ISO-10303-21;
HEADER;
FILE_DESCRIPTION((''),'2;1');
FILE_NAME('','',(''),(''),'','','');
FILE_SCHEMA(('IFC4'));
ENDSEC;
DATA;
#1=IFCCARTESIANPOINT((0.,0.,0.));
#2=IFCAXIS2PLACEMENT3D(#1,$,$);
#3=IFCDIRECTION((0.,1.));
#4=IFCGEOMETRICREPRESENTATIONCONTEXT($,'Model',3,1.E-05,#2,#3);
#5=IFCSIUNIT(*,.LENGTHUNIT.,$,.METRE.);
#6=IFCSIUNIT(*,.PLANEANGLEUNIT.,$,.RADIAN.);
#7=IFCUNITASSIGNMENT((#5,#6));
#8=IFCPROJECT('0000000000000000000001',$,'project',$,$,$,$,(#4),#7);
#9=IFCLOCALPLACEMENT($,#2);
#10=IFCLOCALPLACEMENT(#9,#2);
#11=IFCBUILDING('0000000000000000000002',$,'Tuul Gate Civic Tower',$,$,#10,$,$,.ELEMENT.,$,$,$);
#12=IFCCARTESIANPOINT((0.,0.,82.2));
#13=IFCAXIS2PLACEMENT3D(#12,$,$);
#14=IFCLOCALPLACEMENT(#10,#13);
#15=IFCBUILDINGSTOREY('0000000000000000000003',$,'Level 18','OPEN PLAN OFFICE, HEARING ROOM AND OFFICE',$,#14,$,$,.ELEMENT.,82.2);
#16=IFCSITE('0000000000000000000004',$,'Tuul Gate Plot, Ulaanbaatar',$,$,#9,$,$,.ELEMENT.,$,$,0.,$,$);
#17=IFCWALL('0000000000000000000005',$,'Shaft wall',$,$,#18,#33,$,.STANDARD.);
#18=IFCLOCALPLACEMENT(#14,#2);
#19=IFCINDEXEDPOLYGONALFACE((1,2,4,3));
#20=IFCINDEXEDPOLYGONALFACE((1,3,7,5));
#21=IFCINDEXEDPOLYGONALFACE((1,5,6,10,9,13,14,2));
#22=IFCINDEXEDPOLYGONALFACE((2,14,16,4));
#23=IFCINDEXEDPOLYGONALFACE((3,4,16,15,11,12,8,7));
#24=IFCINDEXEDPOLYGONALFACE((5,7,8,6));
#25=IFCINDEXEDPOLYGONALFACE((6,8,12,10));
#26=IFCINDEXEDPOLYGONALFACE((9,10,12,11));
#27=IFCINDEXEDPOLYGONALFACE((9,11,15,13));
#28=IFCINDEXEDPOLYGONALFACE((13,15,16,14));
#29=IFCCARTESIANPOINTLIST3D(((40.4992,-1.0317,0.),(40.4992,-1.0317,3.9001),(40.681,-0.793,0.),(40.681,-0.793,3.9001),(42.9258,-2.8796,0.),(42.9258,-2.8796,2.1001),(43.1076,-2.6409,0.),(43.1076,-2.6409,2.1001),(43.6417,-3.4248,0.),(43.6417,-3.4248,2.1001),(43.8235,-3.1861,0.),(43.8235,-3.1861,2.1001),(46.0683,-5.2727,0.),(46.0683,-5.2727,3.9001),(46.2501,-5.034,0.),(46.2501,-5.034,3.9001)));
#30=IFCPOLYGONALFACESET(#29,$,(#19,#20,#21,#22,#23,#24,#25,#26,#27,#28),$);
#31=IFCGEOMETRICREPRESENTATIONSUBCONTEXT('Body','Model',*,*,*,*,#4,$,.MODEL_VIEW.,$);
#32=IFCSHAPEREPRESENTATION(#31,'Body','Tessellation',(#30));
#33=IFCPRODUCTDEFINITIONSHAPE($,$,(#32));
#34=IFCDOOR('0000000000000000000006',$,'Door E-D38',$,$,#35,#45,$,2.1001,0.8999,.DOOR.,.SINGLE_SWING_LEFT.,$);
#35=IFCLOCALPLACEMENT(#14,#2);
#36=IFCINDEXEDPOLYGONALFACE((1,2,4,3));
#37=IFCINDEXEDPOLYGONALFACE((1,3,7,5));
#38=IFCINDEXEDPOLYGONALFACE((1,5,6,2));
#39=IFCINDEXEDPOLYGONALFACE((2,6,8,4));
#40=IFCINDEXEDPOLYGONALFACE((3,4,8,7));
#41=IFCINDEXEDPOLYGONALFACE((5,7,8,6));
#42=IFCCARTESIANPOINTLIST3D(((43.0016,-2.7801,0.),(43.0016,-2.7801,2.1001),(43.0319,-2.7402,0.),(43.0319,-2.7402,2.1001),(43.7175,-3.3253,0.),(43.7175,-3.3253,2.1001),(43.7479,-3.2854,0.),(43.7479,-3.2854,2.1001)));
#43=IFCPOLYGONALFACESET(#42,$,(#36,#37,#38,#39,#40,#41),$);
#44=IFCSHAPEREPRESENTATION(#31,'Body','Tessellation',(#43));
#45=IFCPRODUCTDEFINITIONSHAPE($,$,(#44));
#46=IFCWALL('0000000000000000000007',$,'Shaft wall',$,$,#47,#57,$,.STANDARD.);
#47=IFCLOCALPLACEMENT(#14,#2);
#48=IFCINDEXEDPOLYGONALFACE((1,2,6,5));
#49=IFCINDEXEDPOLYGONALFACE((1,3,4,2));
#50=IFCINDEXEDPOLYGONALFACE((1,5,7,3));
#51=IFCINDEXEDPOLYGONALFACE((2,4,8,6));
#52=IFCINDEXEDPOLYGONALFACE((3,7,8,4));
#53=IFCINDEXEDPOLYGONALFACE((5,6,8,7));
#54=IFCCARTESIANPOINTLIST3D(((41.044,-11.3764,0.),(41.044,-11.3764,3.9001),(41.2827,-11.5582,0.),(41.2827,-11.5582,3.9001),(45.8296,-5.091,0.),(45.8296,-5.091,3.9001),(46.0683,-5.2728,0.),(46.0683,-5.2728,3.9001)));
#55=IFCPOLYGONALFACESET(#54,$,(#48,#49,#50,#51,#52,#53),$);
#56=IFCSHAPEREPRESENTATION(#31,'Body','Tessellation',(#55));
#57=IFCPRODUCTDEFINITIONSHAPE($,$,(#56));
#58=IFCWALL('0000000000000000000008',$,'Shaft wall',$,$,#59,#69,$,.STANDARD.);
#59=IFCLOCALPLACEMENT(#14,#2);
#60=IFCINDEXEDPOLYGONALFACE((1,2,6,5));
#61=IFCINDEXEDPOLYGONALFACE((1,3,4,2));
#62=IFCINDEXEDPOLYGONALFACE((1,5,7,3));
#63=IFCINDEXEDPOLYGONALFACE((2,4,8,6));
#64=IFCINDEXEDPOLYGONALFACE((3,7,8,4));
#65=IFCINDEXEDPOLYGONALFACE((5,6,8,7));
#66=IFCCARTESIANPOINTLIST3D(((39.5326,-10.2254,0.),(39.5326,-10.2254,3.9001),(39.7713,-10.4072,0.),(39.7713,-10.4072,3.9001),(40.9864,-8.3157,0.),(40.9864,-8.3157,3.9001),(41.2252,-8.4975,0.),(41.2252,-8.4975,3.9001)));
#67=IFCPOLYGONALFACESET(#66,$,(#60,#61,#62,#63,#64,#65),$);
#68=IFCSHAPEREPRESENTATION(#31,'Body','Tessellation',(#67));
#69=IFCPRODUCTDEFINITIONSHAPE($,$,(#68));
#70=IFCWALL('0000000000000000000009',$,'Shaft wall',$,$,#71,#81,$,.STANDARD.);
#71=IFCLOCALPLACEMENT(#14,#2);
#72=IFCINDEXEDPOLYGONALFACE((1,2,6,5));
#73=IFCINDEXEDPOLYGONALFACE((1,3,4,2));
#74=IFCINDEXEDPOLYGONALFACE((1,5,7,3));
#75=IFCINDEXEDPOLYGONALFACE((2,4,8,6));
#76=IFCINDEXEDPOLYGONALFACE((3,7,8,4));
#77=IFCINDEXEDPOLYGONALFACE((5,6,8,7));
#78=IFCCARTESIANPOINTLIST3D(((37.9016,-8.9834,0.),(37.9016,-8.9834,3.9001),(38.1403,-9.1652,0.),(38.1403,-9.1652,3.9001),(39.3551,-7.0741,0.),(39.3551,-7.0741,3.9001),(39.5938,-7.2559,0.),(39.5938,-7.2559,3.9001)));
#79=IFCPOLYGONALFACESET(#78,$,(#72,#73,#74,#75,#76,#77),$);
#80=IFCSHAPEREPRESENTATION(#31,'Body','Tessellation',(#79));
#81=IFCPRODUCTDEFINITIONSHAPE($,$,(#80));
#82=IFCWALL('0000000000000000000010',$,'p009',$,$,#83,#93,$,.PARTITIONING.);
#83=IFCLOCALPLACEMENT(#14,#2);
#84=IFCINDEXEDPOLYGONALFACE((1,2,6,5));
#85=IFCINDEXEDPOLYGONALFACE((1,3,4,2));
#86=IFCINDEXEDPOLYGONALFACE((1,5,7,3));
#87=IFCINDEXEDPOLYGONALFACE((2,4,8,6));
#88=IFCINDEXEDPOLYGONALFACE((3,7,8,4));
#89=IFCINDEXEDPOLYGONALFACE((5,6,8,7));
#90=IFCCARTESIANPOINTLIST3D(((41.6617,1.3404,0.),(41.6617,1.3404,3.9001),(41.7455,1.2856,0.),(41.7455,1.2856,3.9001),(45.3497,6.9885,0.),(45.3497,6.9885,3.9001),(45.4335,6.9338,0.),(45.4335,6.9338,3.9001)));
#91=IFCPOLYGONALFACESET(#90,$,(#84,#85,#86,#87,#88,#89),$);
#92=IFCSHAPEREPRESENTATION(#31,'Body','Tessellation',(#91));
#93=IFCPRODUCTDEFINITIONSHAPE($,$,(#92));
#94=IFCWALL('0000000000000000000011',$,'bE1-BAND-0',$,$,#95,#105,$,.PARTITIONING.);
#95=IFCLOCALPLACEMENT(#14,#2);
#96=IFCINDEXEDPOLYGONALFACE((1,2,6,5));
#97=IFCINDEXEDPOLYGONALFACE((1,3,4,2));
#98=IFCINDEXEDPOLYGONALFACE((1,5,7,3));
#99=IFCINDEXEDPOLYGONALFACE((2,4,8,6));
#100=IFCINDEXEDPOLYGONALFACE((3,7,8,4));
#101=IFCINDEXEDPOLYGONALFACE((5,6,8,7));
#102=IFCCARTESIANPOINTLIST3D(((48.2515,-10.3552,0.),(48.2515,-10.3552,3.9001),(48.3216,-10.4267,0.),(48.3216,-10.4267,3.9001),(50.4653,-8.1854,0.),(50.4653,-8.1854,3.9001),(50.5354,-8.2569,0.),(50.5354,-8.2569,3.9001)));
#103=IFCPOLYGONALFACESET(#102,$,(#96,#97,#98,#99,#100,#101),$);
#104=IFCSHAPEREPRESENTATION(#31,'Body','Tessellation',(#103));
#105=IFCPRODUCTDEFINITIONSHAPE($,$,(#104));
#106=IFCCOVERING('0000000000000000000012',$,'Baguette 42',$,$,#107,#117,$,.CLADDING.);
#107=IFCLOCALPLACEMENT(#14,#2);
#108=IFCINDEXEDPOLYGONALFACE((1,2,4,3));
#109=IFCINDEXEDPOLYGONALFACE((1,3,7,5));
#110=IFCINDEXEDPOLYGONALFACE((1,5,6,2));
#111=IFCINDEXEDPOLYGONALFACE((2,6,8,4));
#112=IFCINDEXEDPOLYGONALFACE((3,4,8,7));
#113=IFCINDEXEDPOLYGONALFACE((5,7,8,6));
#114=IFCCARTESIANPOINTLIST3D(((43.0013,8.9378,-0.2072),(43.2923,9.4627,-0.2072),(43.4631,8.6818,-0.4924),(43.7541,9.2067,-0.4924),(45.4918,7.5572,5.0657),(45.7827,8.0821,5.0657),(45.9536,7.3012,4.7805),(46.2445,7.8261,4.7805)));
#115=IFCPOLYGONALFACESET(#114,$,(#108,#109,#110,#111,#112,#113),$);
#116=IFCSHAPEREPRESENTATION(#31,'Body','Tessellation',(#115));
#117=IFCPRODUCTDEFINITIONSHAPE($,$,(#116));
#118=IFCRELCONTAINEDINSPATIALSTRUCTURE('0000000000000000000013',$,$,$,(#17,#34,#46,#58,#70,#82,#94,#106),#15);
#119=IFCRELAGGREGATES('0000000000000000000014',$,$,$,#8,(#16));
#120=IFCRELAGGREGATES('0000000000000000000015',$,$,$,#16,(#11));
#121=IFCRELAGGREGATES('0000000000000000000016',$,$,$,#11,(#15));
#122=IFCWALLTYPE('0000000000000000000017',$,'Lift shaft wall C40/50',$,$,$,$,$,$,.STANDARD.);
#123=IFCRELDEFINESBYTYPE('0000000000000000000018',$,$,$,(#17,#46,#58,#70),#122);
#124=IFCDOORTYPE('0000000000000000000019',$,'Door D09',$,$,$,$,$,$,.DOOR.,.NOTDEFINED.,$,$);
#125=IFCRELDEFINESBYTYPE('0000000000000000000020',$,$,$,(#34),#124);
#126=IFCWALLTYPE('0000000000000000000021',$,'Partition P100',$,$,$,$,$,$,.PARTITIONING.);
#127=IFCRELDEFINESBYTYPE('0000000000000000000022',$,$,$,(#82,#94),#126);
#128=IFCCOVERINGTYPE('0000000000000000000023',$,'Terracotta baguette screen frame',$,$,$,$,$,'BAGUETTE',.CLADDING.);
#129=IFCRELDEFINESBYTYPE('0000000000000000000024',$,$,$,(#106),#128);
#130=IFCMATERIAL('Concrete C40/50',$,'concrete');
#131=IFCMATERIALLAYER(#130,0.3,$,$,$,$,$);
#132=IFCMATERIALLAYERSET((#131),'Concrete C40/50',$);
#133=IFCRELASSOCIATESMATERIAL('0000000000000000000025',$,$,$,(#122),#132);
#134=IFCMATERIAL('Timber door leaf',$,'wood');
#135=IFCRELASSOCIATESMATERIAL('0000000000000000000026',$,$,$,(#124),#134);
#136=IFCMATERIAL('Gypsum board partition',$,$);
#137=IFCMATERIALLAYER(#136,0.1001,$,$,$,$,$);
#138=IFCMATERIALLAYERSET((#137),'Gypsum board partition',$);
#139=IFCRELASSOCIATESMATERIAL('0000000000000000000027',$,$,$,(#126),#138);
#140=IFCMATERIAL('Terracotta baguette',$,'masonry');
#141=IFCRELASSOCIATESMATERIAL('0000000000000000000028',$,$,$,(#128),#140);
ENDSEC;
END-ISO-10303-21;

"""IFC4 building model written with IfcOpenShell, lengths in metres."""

from ifc_helpers import new_model, si_unit, direction, frame, frame_2d, origin, origin_2d, place, context, subcontext, project, spatial, rectangle, extrude, material, layer, layer_set, material_profile, profile_set, type_object, element, fill, save


model = new_model("IFC4")

# Units and contexts
model_context = context("Model", 3, precision=1e-05, world=origin(), true_north=direction((0.0, 1.0)))
body_context = subcontext(model_context, "Body", "Model", "MODEL_VIEW")
ifc_project = project(units=[si_unit("LENGTHUNIT", "METRE"), si_unit("PLANEANGLEUNIT", "RADIAN")], contexts=[model_context])

# Site, building, storey
site_placement = place(None, origin())
site = spatial("IfcSite", under=ifc_project, at=site_placement, Name="Tuul Gate Plot, Ulaanbaatar", CompositionType="ELEMENT", RefElevation=0.0)
building_placement = place(site_placement, origin())
building = spatial("IfcBuilding", under=site, at=building_placement, Name="Tuul Gate Civic Tower", CompositionType="ELEMENT")
storey_placement = place(building_placement, frame((0.0, 0.0, 82.2)))
storey = spatial("IfcBuildingStorey", under=building, at=storey_placement, Name="Level 18", Description="OPEN PLAN OFFICE, HEARING ROOM AND OFFICE", CompositionType="ELEMENT", Elevation=82.2)

# Shared definitions
ifc_material_1 = material(Name="Concrete C40/50", Category="concrete")
ifc_layer_1 = layer(ifc_material_1, 0.3)
ifc_layer_set_1 = layer_set([ifc_layer_1], Name="Concrete C40/50")
wall_type_1 = type_object("IfcWallType", Name="Lift shaft wall C40/50", PredefinedType="STANDARD", material=ifc_layer_set_1)

# Wall, opening, door
wall_1_placement = place(storey_placement, frame((46.1592, -5.1533, 0.0), z_axis=(0.0, 0.0, 1.0), x_axis=(-0.79558, 0.605849, 0.0)))
wall_1 = element("IfcWall", 1, at=wall_1_placement, inside=storey, type_object=wall_type_1, Name="Shaft wall", PredefinedType="STANDARD", context=body_context, shape_type="SweptSolid", body=[
    extrude(rectangle(XDim=7.0, YDim=0.3, at=frame_2d((3.5, 0.0))), origin(), (0.0, 0.0, 1.0), 3.9001),
])
opening_1_placement = place(wall_1_placement, frame((3.05, 0.0, 0.0)))
opening_1 = element("IfcOpeningElement", 2, at=opening_1_placement, cuts=wall_1, PredefinedType="OPENING", context=body_context, shape_type="SweptSolid", body=[
    extrude(rectangle(XDim=0.8999, YDim=2.1001, at=frame_2d((0.45, 1.05))), frame((0.0, 0.1602, 0.0), z_axis=(0.0, -1.0, 0.0), x_axis=(1.0, 0.0, 0.0)), (0.0, 0.0, 1.0), 0.3201),
])
ifc_material_2 = material(Name="Timber door leaf", Category="wood")
door_type_1 = type_object("IfcDoorType", Name="Door D09", OperationType="NOTDEFINED", PredefinedType="DOOR", material=ifc_material_2)
door_1_placement = place(opening_1_placement, origin())
door_1 = element("IfcDoor", 3, at=door_1_placement, inside=storey, type_object=door_type_1, Name="Door E-D38", OperationType="SINGLE_SWING_LEFT", OverallHeight=2.1001, OverallWidth=0.8999, PredefinedType="DOOR", context=body_context, shape_type="SweptSolid", body=[
    extrude(rectangle(XDim=0.8999, YDim=2.1001, at=frame_2d((0.45, 1.05))), frame((0.0, 0.0249, 0.0), z_axis=(0.0, -1.0, 0.0), x_axis=(1.0, 0.0, 0.0)), (0.0, 0.0, 1.0), 0.05),
])
fill(opening_1, door_1)

# Walls
wall_2_placement = place(storey_placement, frame((41.1633, -11.4673, 0.0), z_axis=(0.0, 0.0, 1.0), x_axis=(0.605784, 0.795629, 0.0)))
element("IfcWall", 4, at=wall_2_placement, inside=storey, type_object=wall_type_1, Name="Shaft wall", PredefinedType="STANDARD", context=body_context, shape_type="SweptSolid", body=[
    extrude(rectangle(XDim=7.8999, YDim=0.3, at=frame_2d((3.95, 0.0))), origin(), (0.0, 0.0, 1.0), 3.9001),
])
wall_3_placement = place(storey_placement, frame((39.6519, -10.3164, 0.0), z_axis=(0.0, 0.0, 1.0), x_axis=(0.605746, 0.795658, 0.0)))
element("IfcWall", 5, at=wall_3_placement, inside=storey, type_object=wall_type_1, Name="Shaft wall", PredefinedType="STANDARD", context=body_context, shape_type="SweptSolid", body=[
    extrude(rectangle(XDim=2.4001, YDim=0.3, at=frame_2d((1.2002, 0.0))), origin(), (0.0, 0.0, 1.0), 3.9001),
])
wall_4_placement = place(storey_placement, frame((38.021, -9.0742, 0.0), z_axis=(0.0, 0.0, 1.0), x_axis=(0.605731, 0.79567, 0.0)))
element("IfcWall", 6, at=wall_4_placement, inside=storey, type_object=wall_type_1, Name="Shaft wall", PredefinedType="STANDARD", context=body_context, shape_type="SweptSolid", body=[
    extrude(rectangle(XDim=2.3997, YDim=0.3, at=frame_2d((1.1997, 0.0))), origin(), (0.0, 0.0, 1.0), 3.9001),
])
ifc_material_3 = material(Name="Gypsum board partition")
ifc_layer_2 = layer(ifc_material_3, 0.1001)
ifc_layer_set_2 = layer_set([ifc_layer_2], Name="Gypsum board partition")
wall_type_2 = type_object("IfcWallType", Name="Partition P100", PredefinedType="PARTITIONING", material=ifc_layer_set_2)
wall_5_placement = place(storey_placement, frame((41.7036, 1.313, 0.0), z_axis=(0.0, 0.0, 1.0), x_axis=(0.546724, 0.837313, 0.0)))
element("IfcWall", 7, at=wall_5_placement, inside=storey, type_object=wall_type_2, Name="p009", PredefinedType="PARTITIONING", context=body_context, shape_type="SweptSolid", body=[
    extrude(rectangle(XDim=6.7456, YDim=0.1001, at=frame_2d((3.3728, 0.0))), origin(), (0.0, 0.0, 1.0), 3.9001),
])
wall_6_placement = place(storey_placement, frame((48.2866, -10.3909, 0.0), z_axis=(0.0, 0.0, 1.0), x_axis=(0.714159, 0.699983, 0.0)))
element("IfcWall", 8, at=wall_6_placement, inside=storey, type_object=wall_type_2, Name="bE1-BAND-0", PredefinedType="PARTITIONING", context=body_context, shape_type="SweptSolid", body=[
    extrude(rectangle(XDim=3.0999, YDim=0.1001, at=frame_2d((1.5498, 0.0))), origin(), (0.0, 0.0, 1.0), 3.9001),
])

# Covering
ifc_material_4 = material(Name="Terracotta baguette", Category="masonry")
ifc_material_profile_1 = material_profile(ifc_material_4, rectangle(XDim=0.6001, YDim=0.6001, at=origin_2d()), Name="Terracotta baguette screen frame")
ifc_profile_set_1 = profile_set([ifc_material_profile_1], Name="Terracotta baguette")
covering_type = type_object("IfcCoveringType", Name="Terracotta baguette screen frame", ElementType="BAGUETTE", PredefinedType="CLADDING", material=ifc_profile_set_1)
covering_placement = place(storey_placement, frame((45.8682, 7.6917, 4.9231), z_axis=(-0.415585, 0.230382, -0.879894), x_axis=(-0.484842, -0.874602, 0.0)))
element("IfcCovering", 9, at=covering_placement, inside=storey, type_object=covering_type, Name="Baguette 42", PredefinedType="CLADDING", context=body_context, shape_type="SweptSolid", body=[
    extrude(rectangle(XDim=0.6001, YDim=0.6001, at=origin_2d()), origin(), (0.0, 0.0, 1.0), 5.9927),
])

save(model, "model.ifc")
